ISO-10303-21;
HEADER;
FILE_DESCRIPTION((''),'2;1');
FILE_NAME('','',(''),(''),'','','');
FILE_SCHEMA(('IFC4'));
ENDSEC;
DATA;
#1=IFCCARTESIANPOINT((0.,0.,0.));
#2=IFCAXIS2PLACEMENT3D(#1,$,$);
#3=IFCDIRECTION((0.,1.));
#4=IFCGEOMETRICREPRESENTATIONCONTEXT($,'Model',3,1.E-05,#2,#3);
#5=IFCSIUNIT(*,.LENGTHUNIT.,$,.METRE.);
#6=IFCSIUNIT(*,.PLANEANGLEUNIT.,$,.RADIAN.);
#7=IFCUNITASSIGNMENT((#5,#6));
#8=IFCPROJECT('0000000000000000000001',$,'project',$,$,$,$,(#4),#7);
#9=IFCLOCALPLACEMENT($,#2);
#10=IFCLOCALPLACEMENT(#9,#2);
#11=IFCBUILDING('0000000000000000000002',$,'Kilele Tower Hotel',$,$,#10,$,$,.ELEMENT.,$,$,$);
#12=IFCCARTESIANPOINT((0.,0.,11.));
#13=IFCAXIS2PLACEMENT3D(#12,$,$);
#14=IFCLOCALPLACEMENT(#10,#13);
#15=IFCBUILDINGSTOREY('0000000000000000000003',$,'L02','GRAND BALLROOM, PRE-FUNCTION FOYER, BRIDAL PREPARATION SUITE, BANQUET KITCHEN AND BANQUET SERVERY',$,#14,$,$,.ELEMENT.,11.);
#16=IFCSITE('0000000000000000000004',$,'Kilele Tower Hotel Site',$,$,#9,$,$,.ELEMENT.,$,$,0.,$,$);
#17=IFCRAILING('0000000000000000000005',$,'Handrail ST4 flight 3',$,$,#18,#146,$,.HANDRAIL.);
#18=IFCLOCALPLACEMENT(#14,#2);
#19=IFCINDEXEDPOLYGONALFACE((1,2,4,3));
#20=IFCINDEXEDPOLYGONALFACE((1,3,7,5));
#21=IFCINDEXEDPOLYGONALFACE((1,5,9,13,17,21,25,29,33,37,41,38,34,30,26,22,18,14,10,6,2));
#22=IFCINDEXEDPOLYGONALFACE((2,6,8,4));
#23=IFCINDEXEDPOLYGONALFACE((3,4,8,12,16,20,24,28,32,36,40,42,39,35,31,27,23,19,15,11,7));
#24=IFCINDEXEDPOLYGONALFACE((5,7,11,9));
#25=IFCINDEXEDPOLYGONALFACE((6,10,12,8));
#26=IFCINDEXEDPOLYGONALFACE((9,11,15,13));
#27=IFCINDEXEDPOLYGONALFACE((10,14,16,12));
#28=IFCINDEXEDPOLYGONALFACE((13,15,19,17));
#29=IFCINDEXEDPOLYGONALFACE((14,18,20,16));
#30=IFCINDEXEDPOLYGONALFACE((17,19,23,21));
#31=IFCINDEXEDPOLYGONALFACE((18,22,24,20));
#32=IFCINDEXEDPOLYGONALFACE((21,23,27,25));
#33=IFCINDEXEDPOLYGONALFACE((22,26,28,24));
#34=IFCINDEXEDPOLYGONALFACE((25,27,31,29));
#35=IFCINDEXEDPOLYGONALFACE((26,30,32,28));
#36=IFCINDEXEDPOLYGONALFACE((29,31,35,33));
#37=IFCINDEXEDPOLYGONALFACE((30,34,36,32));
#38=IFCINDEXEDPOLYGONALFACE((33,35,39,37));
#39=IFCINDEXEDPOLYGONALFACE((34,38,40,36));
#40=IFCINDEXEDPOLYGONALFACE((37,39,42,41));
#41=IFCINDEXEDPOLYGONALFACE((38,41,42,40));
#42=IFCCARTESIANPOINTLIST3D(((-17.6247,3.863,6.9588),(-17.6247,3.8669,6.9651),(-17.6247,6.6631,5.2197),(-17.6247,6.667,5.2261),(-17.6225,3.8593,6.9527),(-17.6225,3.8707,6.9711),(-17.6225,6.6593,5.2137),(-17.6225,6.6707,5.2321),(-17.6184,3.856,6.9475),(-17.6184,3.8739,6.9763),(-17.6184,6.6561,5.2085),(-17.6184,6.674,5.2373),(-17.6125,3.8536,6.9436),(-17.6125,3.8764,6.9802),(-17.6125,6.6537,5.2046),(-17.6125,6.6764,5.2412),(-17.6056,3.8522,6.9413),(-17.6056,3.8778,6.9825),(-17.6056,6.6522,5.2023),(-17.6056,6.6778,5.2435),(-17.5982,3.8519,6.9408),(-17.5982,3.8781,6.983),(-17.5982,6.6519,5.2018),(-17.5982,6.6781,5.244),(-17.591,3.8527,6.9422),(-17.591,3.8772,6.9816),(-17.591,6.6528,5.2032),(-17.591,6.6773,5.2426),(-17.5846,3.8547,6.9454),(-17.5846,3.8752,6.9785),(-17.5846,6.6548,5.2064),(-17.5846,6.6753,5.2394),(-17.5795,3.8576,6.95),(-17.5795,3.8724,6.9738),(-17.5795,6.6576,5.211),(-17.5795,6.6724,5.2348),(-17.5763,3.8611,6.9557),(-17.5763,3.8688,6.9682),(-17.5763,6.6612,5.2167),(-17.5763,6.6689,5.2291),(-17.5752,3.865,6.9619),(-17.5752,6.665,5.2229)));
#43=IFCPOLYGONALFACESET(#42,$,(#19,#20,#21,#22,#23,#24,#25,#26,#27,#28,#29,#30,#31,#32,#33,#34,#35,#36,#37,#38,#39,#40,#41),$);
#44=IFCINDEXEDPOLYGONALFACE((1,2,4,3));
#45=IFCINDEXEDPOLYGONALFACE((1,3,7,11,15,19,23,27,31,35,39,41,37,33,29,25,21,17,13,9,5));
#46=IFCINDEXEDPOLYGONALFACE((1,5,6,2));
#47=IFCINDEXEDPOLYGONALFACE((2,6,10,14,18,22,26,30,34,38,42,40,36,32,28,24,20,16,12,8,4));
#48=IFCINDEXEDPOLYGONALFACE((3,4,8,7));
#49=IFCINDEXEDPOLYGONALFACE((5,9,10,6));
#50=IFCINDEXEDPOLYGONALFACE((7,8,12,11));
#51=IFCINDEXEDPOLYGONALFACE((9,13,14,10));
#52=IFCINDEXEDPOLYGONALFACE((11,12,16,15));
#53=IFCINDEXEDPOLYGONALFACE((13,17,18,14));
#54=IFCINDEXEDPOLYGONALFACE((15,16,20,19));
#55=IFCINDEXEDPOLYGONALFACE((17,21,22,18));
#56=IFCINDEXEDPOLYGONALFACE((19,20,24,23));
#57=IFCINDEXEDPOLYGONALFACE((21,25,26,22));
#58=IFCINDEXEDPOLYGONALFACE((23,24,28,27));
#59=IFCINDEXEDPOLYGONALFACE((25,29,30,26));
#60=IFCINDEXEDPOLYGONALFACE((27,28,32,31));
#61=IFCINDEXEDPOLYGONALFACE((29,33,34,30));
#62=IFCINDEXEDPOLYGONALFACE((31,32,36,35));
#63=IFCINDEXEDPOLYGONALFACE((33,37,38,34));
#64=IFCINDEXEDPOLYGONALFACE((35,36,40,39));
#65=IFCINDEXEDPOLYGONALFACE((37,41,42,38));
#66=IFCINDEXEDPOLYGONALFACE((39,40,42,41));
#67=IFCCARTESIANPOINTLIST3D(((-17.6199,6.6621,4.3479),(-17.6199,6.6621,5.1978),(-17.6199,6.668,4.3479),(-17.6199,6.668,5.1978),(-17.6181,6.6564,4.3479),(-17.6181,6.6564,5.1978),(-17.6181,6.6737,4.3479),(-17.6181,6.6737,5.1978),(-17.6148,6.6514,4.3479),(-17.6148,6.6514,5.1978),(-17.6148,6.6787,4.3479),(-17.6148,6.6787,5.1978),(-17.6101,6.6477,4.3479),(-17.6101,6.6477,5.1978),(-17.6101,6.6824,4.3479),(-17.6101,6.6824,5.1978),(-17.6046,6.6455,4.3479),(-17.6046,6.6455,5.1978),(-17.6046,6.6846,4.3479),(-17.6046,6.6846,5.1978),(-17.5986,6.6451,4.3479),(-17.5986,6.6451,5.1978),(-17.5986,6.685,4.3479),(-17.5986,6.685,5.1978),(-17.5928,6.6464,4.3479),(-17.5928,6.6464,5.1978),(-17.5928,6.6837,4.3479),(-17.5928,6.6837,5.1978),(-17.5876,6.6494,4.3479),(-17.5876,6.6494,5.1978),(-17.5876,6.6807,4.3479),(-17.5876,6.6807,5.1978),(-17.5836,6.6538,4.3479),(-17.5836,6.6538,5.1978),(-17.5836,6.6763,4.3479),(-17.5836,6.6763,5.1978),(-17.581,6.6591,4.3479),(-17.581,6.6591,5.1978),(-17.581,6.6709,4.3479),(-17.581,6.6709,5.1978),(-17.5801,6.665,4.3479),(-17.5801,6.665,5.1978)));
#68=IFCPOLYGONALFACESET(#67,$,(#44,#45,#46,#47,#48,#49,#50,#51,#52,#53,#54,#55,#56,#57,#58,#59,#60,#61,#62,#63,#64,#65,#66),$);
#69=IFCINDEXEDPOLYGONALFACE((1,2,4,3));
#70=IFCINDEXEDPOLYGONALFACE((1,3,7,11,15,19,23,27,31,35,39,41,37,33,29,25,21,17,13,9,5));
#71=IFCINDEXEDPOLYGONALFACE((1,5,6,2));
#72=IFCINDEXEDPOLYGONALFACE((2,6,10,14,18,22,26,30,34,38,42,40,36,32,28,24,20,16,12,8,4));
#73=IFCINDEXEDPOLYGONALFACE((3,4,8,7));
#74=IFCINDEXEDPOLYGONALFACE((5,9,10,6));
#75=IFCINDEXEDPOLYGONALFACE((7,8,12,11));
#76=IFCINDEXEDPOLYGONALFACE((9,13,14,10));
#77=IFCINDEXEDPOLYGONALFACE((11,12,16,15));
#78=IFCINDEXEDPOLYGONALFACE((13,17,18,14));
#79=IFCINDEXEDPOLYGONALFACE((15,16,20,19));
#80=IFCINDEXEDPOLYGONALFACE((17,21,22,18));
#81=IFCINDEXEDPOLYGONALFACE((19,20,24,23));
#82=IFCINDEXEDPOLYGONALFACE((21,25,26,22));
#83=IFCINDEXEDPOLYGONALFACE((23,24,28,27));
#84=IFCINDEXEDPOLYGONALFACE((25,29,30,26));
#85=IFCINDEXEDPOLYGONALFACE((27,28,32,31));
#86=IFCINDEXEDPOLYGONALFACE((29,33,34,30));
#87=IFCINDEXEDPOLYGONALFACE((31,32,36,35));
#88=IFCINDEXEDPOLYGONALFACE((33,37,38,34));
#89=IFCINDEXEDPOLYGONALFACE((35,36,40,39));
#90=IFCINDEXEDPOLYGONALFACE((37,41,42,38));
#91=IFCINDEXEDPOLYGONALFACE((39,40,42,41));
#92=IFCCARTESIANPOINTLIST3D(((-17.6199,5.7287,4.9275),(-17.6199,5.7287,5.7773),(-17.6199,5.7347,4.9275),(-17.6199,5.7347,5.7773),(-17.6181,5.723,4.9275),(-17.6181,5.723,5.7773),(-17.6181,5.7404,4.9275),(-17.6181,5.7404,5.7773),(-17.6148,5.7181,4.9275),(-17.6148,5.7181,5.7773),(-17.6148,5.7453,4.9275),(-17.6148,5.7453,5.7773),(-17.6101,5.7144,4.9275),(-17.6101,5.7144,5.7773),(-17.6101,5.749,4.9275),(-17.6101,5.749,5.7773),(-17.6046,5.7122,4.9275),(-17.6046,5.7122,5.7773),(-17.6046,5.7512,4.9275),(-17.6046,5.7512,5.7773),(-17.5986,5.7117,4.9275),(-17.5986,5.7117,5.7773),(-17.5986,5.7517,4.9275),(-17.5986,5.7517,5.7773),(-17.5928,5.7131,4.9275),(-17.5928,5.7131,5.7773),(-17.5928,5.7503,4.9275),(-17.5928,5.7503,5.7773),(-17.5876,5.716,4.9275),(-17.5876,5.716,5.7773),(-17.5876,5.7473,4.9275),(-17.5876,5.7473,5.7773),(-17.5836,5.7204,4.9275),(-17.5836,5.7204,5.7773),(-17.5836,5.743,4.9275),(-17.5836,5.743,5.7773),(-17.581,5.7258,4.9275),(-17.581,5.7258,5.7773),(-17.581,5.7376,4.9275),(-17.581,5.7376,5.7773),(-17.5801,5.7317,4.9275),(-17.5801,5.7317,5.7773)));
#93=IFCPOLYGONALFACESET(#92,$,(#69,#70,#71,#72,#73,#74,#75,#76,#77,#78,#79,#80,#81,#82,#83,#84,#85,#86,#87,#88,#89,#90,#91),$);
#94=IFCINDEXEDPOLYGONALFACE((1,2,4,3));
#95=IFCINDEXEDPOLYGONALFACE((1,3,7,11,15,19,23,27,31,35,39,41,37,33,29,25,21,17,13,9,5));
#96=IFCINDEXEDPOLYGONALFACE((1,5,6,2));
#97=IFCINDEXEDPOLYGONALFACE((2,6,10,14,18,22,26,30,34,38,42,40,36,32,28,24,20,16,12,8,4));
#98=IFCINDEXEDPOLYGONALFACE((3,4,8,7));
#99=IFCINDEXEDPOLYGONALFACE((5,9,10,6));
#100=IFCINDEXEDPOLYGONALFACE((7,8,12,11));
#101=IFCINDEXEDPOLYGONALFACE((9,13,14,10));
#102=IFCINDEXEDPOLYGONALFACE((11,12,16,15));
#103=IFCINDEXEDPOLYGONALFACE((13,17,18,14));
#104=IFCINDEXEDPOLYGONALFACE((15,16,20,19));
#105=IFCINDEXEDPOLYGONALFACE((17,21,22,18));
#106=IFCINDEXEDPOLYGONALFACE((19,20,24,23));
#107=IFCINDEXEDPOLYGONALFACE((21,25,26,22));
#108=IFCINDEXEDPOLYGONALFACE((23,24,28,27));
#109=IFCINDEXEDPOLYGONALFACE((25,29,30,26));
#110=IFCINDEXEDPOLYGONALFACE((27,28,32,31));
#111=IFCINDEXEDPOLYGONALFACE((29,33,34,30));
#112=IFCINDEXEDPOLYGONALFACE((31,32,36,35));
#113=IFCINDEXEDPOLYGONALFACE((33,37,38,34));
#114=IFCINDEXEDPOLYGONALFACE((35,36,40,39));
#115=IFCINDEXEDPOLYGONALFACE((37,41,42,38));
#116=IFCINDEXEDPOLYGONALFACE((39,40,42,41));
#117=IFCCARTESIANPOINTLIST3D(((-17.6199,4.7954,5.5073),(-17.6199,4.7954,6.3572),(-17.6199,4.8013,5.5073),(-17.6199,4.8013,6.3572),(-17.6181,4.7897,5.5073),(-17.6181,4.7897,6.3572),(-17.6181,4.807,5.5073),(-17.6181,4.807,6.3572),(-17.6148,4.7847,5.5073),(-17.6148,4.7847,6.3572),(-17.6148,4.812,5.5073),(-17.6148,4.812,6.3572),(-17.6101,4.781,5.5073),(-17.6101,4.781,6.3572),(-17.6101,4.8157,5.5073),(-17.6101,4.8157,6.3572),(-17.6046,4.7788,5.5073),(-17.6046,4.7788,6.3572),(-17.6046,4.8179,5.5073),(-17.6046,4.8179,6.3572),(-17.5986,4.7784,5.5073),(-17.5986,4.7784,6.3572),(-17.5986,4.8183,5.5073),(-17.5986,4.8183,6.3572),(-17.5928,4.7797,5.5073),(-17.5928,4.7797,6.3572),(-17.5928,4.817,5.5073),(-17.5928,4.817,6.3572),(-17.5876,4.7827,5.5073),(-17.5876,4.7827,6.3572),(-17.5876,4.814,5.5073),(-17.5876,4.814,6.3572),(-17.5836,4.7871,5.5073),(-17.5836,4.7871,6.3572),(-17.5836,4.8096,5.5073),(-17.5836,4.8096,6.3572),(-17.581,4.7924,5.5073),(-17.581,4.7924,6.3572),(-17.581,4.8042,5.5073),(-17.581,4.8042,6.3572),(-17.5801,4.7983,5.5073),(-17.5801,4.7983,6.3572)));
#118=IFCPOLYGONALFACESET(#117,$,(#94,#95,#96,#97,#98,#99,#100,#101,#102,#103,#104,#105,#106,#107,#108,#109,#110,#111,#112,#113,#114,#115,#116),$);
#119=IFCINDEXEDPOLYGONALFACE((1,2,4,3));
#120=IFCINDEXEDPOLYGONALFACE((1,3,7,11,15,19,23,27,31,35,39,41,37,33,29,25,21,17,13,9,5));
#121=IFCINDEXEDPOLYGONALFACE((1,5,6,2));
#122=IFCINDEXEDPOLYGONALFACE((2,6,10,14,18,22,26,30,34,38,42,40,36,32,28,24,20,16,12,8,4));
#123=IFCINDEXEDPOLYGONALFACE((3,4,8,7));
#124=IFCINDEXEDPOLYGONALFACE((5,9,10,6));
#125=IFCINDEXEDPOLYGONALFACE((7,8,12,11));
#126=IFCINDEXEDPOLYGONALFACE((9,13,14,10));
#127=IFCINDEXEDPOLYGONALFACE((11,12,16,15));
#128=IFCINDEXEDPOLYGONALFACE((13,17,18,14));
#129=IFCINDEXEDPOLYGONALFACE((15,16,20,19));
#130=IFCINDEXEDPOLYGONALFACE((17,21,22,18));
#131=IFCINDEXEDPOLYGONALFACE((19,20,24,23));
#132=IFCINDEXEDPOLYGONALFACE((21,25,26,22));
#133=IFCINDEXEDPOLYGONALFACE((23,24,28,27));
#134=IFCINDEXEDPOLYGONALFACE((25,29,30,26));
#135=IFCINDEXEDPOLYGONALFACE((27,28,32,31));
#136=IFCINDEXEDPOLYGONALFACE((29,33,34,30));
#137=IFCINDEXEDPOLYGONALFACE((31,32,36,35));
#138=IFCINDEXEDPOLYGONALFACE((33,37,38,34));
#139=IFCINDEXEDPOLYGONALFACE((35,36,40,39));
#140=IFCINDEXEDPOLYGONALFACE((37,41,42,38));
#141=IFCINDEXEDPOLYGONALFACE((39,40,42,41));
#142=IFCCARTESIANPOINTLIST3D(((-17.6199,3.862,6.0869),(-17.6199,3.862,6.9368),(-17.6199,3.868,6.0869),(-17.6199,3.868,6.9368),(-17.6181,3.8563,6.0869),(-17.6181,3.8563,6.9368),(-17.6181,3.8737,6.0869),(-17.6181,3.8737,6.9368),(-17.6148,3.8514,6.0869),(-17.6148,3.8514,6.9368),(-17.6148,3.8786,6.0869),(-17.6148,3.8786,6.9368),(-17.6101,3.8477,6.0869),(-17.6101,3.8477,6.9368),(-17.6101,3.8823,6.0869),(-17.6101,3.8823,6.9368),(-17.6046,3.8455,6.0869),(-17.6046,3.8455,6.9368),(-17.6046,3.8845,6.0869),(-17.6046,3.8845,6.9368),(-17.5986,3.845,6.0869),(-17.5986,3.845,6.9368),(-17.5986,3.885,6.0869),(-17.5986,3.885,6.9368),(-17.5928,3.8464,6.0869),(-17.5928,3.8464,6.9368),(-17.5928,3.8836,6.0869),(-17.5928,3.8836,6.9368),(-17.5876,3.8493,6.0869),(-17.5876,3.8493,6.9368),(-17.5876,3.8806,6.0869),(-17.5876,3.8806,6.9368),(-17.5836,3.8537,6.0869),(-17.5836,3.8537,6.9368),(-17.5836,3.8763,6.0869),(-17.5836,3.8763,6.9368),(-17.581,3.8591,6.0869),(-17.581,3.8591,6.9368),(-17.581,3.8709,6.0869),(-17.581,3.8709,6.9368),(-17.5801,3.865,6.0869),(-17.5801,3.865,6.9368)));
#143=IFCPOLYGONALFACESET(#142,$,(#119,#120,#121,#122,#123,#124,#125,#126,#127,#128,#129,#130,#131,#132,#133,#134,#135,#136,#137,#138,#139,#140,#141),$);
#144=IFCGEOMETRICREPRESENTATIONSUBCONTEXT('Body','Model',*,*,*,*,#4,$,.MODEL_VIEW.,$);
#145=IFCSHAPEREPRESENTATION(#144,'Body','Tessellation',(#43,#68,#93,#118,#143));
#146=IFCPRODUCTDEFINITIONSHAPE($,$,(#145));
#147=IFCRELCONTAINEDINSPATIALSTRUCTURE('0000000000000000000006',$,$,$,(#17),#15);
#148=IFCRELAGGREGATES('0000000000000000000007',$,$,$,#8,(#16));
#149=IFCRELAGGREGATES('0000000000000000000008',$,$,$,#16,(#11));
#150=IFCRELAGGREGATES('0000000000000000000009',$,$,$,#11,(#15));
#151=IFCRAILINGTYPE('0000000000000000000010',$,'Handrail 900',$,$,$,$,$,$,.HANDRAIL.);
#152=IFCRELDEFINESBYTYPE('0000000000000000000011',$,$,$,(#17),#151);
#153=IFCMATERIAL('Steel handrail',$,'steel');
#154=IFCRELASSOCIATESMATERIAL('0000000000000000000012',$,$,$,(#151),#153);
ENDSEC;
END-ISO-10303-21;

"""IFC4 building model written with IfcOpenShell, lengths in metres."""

from ifc_helpers import new_model, si_unit, direction, frame, origin, origin_2d, place, context, subcontext, project, spatial, circle, extrude, material, type_object, element, save


model = new_model("IFC4")

# Units and contexts
model_context = context("Model", 3, precision=1e-05, world=origin(), true_north=direction((0.0, 1.0)))
body_context = subcontext(model_context, "Body", "Model", "MODEL_VIEW")
ifc_project = project(units=[si_unit("LENGTHUNIT", "METRE"), si_unit("PLANEANGLEUNIT", "RADIAN")], contexts=[model_context])

# Site, building, storey
site_placement = place(None, origin())
site = spatial("IfcSite", under=ifc_project, at=site_placement, Name="Kilele Tower Hotel Site", CompositionType="ELEMENT", RefElevation=0.0)
building_placement = place(site_placement, origin())
building = spatial("IfcBuilding", under=site, at=building_placement, Name="Kilele Tower Hotel", CompositionType="ELEMENT")
storey_placement = place(building_placement, frame((0.0, 0.0, 11.0)))
storey = spatial("IfcBuildingStorey", under=building, at=storey_placement, Name="L02", Description="GRAND BALLROOM, PRE-FUNCTION FOYER, BRIDAL PREPARATION SUITE, BANQUET KITCHEN AND BANQUET SERVERY", CompositionType="ELEMENT", Elevation=11.0)

# Railing
ifc_material_1 = material(Name="Steel handrail", Category="steel")
railing_type_1 = type_object("IfcRailingType", Name="Handrail 900", PredefinedType="HANDRAIL", material=ifc_material_1)
for number, where, name in (
    (1, (-17.6001, 6.665, 4.3479), "Handrail ST4 flight 3"),
):
    element("IfcRailing", number, at=place(storey_placement, frame(where)), inside=storey, type_object=railing_type_1, Name=name, PredefinedType="HANDRAIL", context=body_context, shape_type="SweptSolid", body=[
        extrude(circle(Radius=0.0249, at=origin_2d()), frame((0.0, 0.0, 0.875), z_axis=(0.0, -0.849497, 0.527593), x_axis=(1.0, 0.0, 0.0)), (0.0, 0.0, 1.0), 3.2961),
        extrude(circle(Radius=0.02, at=origin_2d()), origin(), (0.0, 0.0, 1.0), 0.8499),
        extrude(circle(Radius=0.02, at=origin_2d()), frame((0.0, -0.9333, 0.5796)), (0.0, 0.0, 1.0), 0.8499),
        extrude(circle(Radius=0.02, at=origin_2d()), frame((0.0, -1.8667, 1.1594)), (0.0, 0.0, 1.0), 0.8499),
        extrude(circle(Radius=0.02, at=origin_2d()), frame((0.0, -2.8, 1.739)), (0.0, 0.0, 1.0), 0.8499),
    ])

save(model, "model.ifc")
